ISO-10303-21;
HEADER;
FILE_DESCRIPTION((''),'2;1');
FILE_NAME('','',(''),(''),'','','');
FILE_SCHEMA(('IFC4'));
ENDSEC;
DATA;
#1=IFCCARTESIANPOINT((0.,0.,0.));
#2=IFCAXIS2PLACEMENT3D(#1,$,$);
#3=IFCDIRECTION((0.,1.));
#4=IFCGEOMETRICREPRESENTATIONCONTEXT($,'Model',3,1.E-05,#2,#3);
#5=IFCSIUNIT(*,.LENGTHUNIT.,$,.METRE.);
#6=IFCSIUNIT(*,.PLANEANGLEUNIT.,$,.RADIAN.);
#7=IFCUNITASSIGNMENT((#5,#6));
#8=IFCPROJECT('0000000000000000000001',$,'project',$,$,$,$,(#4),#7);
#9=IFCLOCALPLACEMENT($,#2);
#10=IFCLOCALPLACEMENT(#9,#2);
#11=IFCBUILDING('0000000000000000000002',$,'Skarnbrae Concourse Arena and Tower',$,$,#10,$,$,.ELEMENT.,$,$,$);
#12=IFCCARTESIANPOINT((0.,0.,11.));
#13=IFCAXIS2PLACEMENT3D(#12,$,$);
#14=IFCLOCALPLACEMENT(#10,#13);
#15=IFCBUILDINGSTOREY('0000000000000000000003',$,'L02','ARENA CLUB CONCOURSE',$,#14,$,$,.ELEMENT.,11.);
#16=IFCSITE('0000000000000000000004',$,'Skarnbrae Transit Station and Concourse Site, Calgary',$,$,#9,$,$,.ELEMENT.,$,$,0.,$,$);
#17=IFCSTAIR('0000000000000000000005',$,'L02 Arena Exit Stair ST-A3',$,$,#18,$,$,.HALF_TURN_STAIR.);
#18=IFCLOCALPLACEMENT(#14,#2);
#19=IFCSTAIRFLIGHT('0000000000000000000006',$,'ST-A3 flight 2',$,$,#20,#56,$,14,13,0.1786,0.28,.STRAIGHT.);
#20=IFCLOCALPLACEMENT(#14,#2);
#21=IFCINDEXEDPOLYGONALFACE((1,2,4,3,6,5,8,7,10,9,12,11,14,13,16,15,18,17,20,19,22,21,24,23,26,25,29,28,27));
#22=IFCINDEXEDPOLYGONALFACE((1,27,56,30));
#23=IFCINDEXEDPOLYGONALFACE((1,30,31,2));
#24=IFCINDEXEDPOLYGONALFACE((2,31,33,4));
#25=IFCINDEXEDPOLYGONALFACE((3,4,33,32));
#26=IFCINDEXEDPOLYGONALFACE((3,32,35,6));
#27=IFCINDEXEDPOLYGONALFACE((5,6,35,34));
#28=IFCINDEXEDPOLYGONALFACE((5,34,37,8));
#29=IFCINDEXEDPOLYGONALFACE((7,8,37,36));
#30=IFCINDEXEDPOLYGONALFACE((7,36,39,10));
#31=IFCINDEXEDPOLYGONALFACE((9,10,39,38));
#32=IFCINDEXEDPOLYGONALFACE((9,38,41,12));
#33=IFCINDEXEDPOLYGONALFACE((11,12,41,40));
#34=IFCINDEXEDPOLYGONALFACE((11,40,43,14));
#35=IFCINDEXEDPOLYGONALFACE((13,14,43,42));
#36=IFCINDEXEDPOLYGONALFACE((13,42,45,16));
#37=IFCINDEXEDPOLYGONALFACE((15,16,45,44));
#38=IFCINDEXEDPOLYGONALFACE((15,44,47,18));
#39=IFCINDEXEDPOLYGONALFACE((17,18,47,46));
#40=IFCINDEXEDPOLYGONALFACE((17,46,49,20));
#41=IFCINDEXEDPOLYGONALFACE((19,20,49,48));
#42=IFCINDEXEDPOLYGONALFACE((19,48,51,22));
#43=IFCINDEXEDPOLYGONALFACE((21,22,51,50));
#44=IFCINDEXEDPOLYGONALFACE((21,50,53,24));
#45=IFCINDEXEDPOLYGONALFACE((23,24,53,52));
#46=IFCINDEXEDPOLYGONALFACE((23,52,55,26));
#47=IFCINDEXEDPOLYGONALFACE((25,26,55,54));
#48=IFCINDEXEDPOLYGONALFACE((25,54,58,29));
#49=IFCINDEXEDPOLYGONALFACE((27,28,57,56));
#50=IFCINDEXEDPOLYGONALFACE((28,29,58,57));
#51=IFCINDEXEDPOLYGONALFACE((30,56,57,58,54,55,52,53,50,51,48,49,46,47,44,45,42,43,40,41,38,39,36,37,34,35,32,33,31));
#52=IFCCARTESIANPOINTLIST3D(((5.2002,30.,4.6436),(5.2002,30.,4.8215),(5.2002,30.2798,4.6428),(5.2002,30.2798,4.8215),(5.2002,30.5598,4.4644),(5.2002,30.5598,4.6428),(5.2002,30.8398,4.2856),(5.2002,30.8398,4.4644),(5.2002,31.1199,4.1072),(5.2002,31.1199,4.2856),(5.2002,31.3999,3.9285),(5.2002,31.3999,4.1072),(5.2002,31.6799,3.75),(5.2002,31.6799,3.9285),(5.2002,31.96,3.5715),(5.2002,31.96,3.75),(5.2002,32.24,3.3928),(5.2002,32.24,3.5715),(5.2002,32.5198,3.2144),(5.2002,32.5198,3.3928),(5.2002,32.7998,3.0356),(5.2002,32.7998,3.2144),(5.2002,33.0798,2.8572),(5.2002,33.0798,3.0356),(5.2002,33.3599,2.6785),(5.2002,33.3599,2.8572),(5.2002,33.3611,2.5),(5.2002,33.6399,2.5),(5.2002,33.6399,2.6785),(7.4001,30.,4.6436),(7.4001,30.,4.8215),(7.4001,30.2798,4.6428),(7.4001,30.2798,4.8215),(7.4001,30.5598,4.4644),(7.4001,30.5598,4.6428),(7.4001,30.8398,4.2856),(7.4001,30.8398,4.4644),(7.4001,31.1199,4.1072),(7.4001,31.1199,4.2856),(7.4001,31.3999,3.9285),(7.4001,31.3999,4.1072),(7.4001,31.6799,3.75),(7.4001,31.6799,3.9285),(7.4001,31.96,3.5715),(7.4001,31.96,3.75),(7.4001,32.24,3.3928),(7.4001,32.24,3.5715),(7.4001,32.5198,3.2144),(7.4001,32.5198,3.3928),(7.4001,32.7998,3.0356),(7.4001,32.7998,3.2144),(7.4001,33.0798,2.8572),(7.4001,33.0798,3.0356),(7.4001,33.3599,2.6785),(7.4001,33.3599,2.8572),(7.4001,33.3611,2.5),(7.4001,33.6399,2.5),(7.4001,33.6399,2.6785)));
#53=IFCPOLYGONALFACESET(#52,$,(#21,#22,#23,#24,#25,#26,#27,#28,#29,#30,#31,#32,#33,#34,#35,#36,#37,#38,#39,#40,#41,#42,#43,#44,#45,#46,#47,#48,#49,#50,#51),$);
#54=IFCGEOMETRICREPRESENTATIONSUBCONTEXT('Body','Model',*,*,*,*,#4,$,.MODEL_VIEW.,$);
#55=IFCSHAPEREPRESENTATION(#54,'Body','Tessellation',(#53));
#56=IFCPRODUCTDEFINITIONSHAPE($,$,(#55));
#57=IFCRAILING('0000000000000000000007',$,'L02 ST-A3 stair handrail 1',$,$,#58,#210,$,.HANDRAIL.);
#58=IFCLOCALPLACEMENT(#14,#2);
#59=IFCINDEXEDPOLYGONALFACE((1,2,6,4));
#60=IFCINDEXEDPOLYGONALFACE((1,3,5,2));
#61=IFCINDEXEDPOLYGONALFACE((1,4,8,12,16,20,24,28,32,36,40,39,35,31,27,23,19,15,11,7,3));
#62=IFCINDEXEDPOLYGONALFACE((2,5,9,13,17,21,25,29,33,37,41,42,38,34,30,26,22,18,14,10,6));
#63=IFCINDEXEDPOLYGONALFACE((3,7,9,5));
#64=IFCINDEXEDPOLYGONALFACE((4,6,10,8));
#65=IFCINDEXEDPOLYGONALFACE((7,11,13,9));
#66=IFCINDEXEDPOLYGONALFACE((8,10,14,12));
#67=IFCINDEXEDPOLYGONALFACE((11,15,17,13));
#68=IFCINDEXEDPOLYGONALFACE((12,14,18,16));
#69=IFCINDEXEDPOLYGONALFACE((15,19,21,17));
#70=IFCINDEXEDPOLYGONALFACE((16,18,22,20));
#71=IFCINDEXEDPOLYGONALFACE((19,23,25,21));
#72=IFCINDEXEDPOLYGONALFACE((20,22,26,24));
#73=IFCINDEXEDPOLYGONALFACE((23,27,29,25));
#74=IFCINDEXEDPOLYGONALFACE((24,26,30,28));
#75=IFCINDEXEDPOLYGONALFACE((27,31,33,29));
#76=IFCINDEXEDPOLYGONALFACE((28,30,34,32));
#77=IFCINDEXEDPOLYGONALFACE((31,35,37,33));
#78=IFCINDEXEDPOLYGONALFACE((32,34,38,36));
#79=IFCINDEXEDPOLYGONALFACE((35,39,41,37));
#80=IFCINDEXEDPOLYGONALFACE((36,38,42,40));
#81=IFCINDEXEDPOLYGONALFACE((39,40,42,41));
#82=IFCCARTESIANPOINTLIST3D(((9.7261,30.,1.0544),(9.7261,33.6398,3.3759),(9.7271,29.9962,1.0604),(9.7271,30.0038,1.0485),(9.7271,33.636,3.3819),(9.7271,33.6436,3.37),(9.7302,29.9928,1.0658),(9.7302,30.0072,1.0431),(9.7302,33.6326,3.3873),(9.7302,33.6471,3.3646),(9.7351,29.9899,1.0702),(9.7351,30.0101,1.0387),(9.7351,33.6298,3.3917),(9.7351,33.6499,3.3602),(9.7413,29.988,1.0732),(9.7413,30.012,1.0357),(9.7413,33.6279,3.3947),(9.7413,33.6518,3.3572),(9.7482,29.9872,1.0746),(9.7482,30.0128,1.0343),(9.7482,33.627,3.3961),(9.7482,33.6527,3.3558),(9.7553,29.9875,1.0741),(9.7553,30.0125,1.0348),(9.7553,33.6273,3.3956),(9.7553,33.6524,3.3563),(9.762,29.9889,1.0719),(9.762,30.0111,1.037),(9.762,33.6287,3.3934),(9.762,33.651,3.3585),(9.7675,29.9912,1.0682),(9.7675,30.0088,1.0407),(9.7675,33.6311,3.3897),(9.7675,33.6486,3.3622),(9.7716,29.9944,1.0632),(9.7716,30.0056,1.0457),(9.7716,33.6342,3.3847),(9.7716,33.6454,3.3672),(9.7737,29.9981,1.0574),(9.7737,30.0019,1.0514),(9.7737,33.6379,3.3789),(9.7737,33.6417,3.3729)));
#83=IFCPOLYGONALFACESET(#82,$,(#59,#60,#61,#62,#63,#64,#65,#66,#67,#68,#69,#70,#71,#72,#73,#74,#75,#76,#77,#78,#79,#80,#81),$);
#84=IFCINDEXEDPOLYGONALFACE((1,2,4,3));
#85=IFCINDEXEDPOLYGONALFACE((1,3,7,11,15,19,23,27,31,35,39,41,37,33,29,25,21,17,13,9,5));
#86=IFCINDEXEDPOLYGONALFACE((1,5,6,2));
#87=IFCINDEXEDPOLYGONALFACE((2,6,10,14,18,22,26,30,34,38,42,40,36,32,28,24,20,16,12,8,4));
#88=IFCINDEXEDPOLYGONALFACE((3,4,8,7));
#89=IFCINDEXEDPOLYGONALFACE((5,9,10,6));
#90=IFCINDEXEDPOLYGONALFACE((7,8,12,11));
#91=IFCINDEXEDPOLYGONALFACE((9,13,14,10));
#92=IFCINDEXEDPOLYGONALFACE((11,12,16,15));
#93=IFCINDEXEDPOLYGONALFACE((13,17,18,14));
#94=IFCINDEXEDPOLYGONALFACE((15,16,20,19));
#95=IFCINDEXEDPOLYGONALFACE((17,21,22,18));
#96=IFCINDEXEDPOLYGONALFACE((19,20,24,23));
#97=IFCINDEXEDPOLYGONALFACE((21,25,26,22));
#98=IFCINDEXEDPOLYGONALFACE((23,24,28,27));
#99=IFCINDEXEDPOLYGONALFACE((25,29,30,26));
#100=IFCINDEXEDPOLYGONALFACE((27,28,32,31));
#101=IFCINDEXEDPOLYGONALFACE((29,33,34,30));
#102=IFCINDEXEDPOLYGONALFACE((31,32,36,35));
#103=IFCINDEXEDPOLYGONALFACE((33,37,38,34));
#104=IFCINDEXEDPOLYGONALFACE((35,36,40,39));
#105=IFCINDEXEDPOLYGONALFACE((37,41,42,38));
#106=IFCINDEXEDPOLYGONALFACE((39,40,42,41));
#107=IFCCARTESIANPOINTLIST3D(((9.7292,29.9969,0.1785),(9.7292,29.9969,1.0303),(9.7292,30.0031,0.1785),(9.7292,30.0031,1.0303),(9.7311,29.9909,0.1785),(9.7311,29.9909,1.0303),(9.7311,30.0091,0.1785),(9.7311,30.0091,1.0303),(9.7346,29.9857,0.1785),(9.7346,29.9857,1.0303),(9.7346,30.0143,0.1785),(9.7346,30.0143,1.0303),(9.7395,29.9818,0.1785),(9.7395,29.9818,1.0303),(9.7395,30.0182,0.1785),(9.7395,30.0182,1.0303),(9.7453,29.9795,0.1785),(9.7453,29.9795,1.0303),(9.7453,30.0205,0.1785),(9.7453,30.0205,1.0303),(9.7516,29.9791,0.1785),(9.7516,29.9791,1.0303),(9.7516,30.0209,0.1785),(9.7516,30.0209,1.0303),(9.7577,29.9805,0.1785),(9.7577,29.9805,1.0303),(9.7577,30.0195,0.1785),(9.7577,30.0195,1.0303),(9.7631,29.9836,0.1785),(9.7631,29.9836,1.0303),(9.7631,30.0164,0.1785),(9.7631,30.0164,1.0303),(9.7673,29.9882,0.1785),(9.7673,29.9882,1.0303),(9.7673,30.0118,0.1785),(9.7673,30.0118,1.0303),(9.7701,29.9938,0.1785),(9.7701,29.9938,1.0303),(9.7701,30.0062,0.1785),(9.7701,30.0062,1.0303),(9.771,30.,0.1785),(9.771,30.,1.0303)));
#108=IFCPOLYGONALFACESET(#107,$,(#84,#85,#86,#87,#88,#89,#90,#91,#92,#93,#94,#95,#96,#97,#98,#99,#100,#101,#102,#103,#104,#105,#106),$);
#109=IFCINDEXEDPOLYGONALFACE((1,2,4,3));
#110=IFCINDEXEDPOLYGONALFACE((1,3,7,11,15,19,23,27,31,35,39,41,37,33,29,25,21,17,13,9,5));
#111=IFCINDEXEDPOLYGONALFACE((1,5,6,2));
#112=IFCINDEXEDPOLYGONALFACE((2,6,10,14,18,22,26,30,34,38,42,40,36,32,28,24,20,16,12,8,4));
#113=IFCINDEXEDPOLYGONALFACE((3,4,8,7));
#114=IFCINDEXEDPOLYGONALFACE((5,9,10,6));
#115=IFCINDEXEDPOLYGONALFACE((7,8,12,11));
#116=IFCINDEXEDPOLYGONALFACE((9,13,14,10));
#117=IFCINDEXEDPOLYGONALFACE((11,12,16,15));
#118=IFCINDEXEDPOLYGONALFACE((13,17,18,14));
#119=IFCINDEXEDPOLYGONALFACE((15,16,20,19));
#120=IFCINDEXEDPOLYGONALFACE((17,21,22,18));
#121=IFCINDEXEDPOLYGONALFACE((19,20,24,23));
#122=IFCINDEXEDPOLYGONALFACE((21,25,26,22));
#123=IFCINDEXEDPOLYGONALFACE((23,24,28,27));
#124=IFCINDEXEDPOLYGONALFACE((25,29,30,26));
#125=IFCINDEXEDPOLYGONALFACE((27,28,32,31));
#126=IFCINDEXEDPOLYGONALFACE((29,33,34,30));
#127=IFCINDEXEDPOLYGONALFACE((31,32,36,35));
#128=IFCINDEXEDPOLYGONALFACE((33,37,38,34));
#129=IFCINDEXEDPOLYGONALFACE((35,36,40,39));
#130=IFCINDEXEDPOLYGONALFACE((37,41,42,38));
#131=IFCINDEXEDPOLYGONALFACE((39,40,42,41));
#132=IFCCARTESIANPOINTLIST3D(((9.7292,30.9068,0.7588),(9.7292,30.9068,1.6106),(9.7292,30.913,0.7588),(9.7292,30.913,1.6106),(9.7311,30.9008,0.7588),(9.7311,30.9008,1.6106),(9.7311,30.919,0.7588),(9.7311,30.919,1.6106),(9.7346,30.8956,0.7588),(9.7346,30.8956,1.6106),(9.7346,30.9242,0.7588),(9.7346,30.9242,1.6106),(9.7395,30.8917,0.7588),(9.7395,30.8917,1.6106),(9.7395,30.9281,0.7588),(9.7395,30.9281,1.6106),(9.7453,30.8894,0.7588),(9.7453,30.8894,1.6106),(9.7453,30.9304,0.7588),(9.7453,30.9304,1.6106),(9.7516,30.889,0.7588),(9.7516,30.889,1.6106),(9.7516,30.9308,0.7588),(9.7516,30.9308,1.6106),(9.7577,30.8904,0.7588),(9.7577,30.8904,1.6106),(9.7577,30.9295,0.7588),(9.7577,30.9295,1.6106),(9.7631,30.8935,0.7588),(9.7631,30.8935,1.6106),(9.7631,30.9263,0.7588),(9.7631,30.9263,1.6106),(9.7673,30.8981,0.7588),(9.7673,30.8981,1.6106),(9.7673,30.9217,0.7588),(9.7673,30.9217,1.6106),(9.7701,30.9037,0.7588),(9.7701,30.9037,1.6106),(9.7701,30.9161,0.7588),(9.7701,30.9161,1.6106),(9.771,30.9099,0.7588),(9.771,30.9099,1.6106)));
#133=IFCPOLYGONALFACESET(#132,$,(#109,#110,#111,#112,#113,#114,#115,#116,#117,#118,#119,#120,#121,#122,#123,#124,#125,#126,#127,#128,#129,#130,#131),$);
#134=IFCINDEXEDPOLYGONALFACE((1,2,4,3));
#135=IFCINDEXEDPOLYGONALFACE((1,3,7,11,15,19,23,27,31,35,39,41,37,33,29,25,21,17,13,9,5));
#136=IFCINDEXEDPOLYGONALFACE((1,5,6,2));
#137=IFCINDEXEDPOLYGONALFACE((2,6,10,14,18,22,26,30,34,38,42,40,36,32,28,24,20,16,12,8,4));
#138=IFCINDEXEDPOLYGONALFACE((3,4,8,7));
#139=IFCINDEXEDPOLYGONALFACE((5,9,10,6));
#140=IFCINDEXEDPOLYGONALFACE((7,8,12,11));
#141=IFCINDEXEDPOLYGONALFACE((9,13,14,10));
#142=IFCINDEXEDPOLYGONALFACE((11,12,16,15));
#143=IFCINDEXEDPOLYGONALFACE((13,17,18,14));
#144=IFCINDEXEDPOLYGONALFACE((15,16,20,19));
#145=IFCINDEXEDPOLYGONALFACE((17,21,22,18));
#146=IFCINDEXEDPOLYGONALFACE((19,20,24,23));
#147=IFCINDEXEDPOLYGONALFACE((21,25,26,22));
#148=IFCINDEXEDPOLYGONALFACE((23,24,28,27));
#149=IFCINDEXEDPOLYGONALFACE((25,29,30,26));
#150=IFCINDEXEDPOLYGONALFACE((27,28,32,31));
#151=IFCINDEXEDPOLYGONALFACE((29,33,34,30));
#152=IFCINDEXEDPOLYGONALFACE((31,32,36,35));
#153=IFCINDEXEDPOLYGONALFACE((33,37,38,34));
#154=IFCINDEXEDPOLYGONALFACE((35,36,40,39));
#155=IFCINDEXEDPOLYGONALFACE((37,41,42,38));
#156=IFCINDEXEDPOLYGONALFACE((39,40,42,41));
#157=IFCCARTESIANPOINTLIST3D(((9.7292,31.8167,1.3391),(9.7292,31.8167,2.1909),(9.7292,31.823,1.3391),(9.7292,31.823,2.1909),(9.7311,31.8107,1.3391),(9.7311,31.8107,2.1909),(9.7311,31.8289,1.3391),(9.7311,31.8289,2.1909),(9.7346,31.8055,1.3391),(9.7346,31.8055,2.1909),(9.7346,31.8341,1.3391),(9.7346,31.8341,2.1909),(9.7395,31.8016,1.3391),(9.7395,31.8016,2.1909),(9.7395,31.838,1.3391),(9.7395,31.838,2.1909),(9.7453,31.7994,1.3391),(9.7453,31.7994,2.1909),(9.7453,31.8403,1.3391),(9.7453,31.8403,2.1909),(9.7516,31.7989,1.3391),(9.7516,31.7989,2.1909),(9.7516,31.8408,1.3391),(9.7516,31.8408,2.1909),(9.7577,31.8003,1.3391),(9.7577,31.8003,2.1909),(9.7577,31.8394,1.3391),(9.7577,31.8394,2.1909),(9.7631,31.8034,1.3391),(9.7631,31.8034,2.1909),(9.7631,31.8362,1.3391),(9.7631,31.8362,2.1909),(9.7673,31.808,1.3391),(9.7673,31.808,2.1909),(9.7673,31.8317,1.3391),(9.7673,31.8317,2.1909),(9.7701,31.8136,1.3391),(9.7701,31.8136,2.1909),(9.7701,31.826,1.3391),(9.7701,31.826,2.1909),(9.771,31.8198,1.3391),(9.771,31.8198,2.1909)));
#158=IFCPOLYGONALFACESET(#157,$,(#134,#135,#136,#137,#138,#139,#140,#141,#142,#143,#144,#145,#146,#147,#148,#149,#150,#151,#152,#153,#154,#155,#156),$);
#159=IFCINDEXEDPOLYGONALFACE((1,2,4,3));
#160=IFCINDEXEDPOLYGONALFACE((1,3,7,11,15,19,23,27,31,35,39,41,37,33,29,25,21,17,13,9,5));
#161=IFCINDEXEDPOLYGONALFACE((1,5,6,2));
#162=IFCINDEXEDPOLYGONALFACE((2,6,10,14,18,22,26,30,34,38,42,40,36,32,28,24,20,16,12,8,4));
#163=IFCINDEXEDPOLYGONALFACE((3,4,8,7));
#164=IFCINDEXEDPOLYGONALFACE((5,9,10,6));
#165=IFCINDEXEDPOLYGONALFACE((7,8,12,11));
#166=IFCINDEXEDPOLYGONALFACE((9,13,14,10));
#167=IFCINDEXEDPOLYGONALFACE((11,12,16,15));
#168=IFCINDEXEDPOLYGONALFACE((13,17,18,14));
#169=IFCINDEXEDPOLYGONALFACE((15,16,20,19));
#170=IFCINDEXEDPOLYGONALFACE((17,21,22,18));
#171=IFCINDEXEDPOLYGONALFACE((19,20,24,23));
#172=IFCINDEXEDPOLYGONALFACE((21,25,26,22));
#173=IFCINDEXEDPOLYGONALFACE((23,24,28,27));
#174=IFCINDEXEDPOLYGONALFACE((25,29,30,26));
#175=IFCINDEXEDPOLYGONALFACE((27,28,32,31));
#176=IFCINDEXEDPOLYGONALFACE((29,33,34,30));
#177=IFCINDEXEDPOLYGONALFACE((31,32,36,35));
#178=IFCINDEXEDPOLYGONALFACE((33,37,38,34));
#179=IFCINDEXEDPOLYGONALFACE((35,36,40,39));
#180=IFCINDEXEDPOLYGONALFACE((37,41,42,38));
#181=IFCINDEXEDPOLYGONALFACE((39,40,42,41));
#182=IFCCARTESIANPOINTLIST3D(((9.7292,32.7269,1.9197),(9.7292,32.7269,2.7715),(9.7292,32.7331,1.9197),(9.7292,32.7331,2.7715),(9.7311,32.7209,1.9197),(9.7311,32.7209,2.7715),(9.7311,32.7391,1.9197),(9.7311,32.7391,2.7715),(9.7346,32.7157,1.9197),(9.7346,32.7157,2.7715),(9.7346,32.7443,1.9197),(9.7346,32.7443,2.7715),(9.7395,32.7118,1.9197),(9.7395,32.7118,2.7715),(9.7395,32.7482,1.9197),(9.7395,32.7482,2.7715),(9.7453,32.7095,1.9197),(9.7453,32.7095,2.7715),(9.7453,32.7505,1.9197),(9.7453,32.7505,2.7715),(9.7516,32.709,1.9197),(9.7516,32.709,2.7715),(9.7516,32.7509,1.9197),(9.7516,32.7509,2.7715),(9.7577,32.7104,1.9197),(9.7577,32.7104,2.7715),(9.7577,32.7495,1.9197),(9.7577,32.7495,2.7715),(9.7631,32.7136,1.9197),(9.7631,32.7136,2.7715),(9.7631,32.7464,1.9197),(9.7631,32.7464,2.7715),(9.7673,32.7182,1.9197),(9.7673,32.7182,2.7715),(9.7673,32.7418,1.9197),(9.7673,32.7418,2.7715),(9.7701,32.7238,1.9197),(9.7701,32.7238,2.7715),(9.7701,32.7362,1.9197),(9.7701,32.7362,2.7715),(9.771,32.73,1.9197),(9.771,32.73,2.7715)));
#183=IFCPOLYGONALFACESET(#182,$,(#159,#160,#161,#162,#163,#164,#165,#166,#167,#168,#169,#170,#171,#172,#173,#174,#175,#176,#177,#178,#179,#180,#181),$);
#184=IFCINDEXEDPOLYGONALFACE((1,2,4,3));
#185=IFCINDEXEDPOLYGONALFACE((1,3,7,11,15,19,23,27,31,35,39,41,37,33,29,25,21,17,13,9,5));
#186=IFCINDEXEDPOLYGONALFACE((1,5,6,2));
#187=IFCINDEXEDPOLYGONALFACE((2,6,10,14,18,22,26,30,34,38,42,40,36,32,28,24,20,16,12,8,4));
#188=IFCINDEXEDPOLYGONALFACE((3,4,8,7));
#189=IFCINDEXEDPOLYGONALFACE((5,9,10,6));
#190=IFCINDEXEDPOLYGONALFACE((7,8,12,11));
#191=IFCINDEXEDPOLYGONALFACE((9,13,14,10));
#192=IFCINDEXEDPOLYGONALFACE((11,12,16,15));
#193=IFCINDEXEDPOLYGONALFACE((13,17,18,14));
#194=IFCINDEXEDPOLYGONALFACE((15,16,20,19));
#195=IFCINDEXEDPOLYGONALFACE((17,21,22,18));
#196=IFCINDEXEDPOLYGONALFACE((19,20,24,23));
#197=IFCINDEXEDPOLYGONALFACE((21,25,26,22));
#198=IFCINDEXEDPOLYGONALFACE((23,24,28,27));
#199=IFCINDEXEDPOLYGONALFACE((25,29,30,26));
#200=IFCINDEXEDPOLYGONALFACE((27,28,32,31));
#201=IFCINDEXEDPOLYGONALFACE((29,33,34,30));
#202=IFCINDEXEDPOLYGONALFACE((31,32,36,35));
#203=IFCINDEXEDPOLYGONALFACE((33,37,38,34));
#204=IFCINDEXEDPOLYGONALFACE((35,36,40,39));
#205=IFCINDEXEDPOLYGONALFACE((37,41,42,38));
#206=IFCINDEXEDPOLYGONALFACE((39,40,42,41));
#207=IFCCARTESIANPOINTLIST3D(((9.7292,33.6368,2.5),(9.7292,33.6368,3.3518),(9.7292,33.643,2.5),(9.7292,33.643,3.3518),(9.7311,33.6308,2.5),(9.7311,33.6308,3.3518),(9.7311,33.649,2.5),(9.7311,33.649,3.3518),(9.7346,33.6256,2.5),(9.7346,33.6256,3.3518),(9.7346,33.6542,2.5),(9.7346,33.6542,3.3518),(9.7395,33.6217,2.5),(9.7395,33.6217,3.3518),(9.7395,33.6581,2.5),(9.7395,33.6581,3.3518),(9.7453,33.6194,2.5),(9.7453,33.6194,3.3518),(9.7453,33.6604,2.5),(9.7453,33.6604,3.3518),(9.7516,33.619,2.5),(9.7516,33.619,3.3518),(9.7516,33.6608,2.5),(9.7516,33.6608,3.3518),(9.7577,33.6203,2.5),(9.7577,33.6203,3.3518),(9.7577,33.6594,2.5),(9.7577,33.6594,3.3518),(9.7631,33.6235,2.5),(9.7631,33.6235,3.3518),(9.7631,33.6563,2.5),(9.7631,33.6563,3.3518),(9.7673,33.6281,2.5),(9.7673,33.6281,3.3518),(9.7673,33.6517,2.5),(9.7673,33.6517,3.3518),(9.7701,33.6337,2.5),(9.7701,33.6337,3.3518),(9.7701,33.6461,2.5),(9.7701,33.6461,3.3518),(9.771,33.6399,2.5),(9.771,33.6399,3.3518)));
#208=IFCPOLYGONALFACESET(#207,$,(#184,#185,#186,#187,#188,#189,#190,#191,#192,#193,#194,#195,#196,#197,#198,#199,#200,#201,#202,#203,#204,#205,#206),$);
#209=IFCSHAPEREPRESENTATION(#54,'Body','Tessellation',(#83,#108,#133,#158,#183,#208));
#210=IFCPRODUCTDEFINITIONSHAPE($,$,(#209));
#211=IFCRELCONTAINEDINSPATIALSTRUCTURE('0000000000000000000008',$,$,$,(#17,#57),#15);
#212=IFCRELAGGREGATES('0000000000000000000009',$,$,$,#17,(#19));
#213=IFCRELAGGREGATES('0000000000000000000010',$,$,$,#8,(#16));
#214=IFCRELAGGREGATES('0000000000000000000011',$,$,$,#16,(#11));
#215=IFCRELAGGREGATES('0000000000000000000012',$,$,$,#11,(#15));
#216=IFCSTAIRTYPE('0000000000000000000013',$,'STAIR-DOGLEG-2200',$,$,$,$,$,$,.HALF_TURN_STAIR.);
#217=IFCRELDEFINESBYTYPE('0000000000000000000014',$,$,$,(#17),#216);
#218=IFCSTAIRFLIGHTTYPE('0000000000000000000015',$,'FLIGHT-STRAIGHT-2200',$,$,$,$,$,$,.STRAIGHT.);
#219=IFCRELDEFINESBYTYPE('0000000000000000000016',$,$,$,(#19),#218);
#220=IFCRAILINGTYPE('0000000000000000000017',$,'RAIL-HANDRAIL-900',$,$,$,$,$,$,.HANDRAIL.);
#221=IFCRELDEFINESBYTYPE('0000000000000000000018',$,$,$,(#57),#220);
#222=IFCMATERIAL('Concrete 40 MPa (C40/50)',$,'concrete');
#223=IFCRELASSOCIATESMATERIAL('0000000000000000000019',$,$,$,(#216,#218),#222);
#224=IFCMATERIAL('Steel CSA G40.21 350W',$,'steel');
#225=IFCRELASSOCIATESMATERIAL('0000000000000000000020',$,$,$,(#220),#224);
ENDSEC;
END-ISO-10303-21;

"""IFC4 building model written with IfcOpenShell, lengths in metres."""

from ifc_helpers import new_model, si_unit, direction, frame, origin, origin_2d, place, context, subcontext, project, spatial, polyline, circle, outline, extrude, source, transform, mapped, material, type_object, element, aggregate, save


model = new_model("IFC4")

# Units and contexts
model_context = context("Model", 3, precision=1e-05, world=origin(), true_north=direction((0.0, 1.0)))
body_context = subcontext(model_context, "Body", "Model", "MODEL_VIEW")
ifc_project = project(units=[si_unit("LENGTHUNIT", "METRE"), si_unit("PLANEANGLEUNIT", "RADIAN")], contexts=[model_context])

# Site, building, storey
site_placement = place(None, origin())
site = spatial("IfcSite", under=ifc_project, at=site_placement, Name="Skarnbrae Transit Station and Concourse Site, Calgary", CompositionType="ELEMENT", RefElevation=0.0)
building_placement = place(site_placement, origin())
building = spatial("IfcBuilding", under=site, at=building_placement, Name="Skarnbrae Concourse Arena and Tower", CompositionType="ELEMENT")
storey_placement = place(building_placement, frame((0.0, 0.0, 11.0)))
storey = spatial("IfcBuildingStorey", under=building, at=storey_placement, Name="L02", Description="ARENA CLUB CONCOURSE", CompositionType="ELEMENT", Elevation=11.0)

# Shared definitions
ifc_material_1 = material(Name="Steel CSA G40.21 350W", Category="steel")

# Stair, stair flight
ifc_material_2 = material(Name="Concrete 40 MPa (C40/50)", Category="concrete")
stair_type = type_object("IfcStairType", Name="STAIR-DOGLEG-2200", PredefinedType="HALF_TURN_STAIR", material=ifc_material_2)
stair_placement = place(storey_placement, origin())
stair = element("IfcStair", 1, at=stair_placement, inside=storey, type_object=stair_type, Name="L02 Arena Exit Stair ST-A3", PredefinedType="HALF_TURN_STAIR")
stair_flight_type = type_object("IfcStairFlightType", Name="FLIGHT-STRAIGHT-2200", PredefinedType="STRAIGHT", material=ifc_material_2)
shared_shape_1 = source(origin(), body_context, "Body", "SweptSolid", [
    extrude(outline(polyline([(0.0, 0.0), (0.0, 0.1785), (0.28, 0.1785), (0.28, 0.3572), (0.5601, 0.3572), (0.5601, 0.5356), (0.8401, 0.5356), (0.8401, 0.7144), (1.1201, 0.7144), (1.1201, 0.8928), (1.3999, 0.8928), (1.3999, 1.0715), (1.6799, 1.0715), (1.6799, 1.25), (1.96, 1.25), (1.96, 1.4285), (2.24, 1.4285), (2.24, 1.6072), (2.52, 1.6072), (2.52, 1.7856), (2.8, 1.7856), (2.8, 1.9644), (3.0801, 1.9644), (3.0801, 2.1428), (3.3601, 2.1428), (3.3601, 2.3215), (3.6399, 2.3215), (3.6399, 2.5), (3.6399, 2.1436), (0.2788, 0.0), (0.0, 0.0)])), frame((0.0, 1.1001, 0.0), z_axis=(0.0, -1.0, 0.0), x_axis=(1.0, 0.0, 0.0)), (0.0, 0.0, 1.0), 2.2),
])
stair_flight_1_placement = place(storey_placement, frame((6.3, 33.6399, 2.5), z_axis=(0.0, 0.0, 1.0), x_axis=(0.0, -1.0, 0.0)))
stair_flight_1 = element("IfcStairFlight", 2, at=stair_flight_1_placement, type_object=stair_flight_type, Name="ST-A3 flight 2", NumberOfRisers=14, NumberOfTreads=13, PredefinedType="STRAIGHT", RiserHeight=0.1786, TreadLength=0.28, context=body_context, shape_type="MappedRepresentation", body=[
    mapped(shared_shape_1, transform((0.0, 0.0, 0.0))),
])
aggregate(stair, [stair_flight_1])

# Railing
railing_type_1 = type_object("IfcRailingType", Name="RAIL-HANDRAIL-900", PredefinedType="HANDRAIL", material=ifc_material_1)
railing_1_placement = place(storey_placement, frame((9.75, 30.0, 0.1785)))
element("IfcRailing", 3, at=railing_1_placement, inside=storey, type_object=railing_type_1, Name="L02 ST-A3 stair handrail 1", PredefinedType="HANDRAIL", context=body_context, shape_type="SweptSolid", body=[
    extrude(circle(Radius=0.0239, at=origin_2d()), frame((0.0, 0.0, 0.876), z_axis=(0.0, 0.843112, 0.537739), x_axis=(-1.0, 0.0, 0.0)), (0.0, 0.0, 1.0), 4.3171),
    extrude(circle(Radius=0.021, at=origin_2d()), origin(), (0.0, 0.0, 1.0), 0.8518),
    extrude(circle(Radius=0.021, at=origin_2d()), frame((0.0, 0.9099, 0.5803)), (0.0, 0.0, 1.0), 0.8518),
    extrude(circle(Radius=0.021, at=origin_2d()), frame((0.0, 1.8198, 1.1606)), (0.0, 0.0, 1.0), 0.8518),
    extrude(circle(Radius=0.021, at=origin_2d()), frame((0.0, 2.73, 1.7412)), (0.0, 0.0, 1.0), 0.8518),
    extrude(circle(Radius=0.021, at=origin_2d()), frame((0.0, 3.6399, 2.3215)), (0.0, 0.0, 1.0), 0.8518),
])

save(model, "model.ifc")
